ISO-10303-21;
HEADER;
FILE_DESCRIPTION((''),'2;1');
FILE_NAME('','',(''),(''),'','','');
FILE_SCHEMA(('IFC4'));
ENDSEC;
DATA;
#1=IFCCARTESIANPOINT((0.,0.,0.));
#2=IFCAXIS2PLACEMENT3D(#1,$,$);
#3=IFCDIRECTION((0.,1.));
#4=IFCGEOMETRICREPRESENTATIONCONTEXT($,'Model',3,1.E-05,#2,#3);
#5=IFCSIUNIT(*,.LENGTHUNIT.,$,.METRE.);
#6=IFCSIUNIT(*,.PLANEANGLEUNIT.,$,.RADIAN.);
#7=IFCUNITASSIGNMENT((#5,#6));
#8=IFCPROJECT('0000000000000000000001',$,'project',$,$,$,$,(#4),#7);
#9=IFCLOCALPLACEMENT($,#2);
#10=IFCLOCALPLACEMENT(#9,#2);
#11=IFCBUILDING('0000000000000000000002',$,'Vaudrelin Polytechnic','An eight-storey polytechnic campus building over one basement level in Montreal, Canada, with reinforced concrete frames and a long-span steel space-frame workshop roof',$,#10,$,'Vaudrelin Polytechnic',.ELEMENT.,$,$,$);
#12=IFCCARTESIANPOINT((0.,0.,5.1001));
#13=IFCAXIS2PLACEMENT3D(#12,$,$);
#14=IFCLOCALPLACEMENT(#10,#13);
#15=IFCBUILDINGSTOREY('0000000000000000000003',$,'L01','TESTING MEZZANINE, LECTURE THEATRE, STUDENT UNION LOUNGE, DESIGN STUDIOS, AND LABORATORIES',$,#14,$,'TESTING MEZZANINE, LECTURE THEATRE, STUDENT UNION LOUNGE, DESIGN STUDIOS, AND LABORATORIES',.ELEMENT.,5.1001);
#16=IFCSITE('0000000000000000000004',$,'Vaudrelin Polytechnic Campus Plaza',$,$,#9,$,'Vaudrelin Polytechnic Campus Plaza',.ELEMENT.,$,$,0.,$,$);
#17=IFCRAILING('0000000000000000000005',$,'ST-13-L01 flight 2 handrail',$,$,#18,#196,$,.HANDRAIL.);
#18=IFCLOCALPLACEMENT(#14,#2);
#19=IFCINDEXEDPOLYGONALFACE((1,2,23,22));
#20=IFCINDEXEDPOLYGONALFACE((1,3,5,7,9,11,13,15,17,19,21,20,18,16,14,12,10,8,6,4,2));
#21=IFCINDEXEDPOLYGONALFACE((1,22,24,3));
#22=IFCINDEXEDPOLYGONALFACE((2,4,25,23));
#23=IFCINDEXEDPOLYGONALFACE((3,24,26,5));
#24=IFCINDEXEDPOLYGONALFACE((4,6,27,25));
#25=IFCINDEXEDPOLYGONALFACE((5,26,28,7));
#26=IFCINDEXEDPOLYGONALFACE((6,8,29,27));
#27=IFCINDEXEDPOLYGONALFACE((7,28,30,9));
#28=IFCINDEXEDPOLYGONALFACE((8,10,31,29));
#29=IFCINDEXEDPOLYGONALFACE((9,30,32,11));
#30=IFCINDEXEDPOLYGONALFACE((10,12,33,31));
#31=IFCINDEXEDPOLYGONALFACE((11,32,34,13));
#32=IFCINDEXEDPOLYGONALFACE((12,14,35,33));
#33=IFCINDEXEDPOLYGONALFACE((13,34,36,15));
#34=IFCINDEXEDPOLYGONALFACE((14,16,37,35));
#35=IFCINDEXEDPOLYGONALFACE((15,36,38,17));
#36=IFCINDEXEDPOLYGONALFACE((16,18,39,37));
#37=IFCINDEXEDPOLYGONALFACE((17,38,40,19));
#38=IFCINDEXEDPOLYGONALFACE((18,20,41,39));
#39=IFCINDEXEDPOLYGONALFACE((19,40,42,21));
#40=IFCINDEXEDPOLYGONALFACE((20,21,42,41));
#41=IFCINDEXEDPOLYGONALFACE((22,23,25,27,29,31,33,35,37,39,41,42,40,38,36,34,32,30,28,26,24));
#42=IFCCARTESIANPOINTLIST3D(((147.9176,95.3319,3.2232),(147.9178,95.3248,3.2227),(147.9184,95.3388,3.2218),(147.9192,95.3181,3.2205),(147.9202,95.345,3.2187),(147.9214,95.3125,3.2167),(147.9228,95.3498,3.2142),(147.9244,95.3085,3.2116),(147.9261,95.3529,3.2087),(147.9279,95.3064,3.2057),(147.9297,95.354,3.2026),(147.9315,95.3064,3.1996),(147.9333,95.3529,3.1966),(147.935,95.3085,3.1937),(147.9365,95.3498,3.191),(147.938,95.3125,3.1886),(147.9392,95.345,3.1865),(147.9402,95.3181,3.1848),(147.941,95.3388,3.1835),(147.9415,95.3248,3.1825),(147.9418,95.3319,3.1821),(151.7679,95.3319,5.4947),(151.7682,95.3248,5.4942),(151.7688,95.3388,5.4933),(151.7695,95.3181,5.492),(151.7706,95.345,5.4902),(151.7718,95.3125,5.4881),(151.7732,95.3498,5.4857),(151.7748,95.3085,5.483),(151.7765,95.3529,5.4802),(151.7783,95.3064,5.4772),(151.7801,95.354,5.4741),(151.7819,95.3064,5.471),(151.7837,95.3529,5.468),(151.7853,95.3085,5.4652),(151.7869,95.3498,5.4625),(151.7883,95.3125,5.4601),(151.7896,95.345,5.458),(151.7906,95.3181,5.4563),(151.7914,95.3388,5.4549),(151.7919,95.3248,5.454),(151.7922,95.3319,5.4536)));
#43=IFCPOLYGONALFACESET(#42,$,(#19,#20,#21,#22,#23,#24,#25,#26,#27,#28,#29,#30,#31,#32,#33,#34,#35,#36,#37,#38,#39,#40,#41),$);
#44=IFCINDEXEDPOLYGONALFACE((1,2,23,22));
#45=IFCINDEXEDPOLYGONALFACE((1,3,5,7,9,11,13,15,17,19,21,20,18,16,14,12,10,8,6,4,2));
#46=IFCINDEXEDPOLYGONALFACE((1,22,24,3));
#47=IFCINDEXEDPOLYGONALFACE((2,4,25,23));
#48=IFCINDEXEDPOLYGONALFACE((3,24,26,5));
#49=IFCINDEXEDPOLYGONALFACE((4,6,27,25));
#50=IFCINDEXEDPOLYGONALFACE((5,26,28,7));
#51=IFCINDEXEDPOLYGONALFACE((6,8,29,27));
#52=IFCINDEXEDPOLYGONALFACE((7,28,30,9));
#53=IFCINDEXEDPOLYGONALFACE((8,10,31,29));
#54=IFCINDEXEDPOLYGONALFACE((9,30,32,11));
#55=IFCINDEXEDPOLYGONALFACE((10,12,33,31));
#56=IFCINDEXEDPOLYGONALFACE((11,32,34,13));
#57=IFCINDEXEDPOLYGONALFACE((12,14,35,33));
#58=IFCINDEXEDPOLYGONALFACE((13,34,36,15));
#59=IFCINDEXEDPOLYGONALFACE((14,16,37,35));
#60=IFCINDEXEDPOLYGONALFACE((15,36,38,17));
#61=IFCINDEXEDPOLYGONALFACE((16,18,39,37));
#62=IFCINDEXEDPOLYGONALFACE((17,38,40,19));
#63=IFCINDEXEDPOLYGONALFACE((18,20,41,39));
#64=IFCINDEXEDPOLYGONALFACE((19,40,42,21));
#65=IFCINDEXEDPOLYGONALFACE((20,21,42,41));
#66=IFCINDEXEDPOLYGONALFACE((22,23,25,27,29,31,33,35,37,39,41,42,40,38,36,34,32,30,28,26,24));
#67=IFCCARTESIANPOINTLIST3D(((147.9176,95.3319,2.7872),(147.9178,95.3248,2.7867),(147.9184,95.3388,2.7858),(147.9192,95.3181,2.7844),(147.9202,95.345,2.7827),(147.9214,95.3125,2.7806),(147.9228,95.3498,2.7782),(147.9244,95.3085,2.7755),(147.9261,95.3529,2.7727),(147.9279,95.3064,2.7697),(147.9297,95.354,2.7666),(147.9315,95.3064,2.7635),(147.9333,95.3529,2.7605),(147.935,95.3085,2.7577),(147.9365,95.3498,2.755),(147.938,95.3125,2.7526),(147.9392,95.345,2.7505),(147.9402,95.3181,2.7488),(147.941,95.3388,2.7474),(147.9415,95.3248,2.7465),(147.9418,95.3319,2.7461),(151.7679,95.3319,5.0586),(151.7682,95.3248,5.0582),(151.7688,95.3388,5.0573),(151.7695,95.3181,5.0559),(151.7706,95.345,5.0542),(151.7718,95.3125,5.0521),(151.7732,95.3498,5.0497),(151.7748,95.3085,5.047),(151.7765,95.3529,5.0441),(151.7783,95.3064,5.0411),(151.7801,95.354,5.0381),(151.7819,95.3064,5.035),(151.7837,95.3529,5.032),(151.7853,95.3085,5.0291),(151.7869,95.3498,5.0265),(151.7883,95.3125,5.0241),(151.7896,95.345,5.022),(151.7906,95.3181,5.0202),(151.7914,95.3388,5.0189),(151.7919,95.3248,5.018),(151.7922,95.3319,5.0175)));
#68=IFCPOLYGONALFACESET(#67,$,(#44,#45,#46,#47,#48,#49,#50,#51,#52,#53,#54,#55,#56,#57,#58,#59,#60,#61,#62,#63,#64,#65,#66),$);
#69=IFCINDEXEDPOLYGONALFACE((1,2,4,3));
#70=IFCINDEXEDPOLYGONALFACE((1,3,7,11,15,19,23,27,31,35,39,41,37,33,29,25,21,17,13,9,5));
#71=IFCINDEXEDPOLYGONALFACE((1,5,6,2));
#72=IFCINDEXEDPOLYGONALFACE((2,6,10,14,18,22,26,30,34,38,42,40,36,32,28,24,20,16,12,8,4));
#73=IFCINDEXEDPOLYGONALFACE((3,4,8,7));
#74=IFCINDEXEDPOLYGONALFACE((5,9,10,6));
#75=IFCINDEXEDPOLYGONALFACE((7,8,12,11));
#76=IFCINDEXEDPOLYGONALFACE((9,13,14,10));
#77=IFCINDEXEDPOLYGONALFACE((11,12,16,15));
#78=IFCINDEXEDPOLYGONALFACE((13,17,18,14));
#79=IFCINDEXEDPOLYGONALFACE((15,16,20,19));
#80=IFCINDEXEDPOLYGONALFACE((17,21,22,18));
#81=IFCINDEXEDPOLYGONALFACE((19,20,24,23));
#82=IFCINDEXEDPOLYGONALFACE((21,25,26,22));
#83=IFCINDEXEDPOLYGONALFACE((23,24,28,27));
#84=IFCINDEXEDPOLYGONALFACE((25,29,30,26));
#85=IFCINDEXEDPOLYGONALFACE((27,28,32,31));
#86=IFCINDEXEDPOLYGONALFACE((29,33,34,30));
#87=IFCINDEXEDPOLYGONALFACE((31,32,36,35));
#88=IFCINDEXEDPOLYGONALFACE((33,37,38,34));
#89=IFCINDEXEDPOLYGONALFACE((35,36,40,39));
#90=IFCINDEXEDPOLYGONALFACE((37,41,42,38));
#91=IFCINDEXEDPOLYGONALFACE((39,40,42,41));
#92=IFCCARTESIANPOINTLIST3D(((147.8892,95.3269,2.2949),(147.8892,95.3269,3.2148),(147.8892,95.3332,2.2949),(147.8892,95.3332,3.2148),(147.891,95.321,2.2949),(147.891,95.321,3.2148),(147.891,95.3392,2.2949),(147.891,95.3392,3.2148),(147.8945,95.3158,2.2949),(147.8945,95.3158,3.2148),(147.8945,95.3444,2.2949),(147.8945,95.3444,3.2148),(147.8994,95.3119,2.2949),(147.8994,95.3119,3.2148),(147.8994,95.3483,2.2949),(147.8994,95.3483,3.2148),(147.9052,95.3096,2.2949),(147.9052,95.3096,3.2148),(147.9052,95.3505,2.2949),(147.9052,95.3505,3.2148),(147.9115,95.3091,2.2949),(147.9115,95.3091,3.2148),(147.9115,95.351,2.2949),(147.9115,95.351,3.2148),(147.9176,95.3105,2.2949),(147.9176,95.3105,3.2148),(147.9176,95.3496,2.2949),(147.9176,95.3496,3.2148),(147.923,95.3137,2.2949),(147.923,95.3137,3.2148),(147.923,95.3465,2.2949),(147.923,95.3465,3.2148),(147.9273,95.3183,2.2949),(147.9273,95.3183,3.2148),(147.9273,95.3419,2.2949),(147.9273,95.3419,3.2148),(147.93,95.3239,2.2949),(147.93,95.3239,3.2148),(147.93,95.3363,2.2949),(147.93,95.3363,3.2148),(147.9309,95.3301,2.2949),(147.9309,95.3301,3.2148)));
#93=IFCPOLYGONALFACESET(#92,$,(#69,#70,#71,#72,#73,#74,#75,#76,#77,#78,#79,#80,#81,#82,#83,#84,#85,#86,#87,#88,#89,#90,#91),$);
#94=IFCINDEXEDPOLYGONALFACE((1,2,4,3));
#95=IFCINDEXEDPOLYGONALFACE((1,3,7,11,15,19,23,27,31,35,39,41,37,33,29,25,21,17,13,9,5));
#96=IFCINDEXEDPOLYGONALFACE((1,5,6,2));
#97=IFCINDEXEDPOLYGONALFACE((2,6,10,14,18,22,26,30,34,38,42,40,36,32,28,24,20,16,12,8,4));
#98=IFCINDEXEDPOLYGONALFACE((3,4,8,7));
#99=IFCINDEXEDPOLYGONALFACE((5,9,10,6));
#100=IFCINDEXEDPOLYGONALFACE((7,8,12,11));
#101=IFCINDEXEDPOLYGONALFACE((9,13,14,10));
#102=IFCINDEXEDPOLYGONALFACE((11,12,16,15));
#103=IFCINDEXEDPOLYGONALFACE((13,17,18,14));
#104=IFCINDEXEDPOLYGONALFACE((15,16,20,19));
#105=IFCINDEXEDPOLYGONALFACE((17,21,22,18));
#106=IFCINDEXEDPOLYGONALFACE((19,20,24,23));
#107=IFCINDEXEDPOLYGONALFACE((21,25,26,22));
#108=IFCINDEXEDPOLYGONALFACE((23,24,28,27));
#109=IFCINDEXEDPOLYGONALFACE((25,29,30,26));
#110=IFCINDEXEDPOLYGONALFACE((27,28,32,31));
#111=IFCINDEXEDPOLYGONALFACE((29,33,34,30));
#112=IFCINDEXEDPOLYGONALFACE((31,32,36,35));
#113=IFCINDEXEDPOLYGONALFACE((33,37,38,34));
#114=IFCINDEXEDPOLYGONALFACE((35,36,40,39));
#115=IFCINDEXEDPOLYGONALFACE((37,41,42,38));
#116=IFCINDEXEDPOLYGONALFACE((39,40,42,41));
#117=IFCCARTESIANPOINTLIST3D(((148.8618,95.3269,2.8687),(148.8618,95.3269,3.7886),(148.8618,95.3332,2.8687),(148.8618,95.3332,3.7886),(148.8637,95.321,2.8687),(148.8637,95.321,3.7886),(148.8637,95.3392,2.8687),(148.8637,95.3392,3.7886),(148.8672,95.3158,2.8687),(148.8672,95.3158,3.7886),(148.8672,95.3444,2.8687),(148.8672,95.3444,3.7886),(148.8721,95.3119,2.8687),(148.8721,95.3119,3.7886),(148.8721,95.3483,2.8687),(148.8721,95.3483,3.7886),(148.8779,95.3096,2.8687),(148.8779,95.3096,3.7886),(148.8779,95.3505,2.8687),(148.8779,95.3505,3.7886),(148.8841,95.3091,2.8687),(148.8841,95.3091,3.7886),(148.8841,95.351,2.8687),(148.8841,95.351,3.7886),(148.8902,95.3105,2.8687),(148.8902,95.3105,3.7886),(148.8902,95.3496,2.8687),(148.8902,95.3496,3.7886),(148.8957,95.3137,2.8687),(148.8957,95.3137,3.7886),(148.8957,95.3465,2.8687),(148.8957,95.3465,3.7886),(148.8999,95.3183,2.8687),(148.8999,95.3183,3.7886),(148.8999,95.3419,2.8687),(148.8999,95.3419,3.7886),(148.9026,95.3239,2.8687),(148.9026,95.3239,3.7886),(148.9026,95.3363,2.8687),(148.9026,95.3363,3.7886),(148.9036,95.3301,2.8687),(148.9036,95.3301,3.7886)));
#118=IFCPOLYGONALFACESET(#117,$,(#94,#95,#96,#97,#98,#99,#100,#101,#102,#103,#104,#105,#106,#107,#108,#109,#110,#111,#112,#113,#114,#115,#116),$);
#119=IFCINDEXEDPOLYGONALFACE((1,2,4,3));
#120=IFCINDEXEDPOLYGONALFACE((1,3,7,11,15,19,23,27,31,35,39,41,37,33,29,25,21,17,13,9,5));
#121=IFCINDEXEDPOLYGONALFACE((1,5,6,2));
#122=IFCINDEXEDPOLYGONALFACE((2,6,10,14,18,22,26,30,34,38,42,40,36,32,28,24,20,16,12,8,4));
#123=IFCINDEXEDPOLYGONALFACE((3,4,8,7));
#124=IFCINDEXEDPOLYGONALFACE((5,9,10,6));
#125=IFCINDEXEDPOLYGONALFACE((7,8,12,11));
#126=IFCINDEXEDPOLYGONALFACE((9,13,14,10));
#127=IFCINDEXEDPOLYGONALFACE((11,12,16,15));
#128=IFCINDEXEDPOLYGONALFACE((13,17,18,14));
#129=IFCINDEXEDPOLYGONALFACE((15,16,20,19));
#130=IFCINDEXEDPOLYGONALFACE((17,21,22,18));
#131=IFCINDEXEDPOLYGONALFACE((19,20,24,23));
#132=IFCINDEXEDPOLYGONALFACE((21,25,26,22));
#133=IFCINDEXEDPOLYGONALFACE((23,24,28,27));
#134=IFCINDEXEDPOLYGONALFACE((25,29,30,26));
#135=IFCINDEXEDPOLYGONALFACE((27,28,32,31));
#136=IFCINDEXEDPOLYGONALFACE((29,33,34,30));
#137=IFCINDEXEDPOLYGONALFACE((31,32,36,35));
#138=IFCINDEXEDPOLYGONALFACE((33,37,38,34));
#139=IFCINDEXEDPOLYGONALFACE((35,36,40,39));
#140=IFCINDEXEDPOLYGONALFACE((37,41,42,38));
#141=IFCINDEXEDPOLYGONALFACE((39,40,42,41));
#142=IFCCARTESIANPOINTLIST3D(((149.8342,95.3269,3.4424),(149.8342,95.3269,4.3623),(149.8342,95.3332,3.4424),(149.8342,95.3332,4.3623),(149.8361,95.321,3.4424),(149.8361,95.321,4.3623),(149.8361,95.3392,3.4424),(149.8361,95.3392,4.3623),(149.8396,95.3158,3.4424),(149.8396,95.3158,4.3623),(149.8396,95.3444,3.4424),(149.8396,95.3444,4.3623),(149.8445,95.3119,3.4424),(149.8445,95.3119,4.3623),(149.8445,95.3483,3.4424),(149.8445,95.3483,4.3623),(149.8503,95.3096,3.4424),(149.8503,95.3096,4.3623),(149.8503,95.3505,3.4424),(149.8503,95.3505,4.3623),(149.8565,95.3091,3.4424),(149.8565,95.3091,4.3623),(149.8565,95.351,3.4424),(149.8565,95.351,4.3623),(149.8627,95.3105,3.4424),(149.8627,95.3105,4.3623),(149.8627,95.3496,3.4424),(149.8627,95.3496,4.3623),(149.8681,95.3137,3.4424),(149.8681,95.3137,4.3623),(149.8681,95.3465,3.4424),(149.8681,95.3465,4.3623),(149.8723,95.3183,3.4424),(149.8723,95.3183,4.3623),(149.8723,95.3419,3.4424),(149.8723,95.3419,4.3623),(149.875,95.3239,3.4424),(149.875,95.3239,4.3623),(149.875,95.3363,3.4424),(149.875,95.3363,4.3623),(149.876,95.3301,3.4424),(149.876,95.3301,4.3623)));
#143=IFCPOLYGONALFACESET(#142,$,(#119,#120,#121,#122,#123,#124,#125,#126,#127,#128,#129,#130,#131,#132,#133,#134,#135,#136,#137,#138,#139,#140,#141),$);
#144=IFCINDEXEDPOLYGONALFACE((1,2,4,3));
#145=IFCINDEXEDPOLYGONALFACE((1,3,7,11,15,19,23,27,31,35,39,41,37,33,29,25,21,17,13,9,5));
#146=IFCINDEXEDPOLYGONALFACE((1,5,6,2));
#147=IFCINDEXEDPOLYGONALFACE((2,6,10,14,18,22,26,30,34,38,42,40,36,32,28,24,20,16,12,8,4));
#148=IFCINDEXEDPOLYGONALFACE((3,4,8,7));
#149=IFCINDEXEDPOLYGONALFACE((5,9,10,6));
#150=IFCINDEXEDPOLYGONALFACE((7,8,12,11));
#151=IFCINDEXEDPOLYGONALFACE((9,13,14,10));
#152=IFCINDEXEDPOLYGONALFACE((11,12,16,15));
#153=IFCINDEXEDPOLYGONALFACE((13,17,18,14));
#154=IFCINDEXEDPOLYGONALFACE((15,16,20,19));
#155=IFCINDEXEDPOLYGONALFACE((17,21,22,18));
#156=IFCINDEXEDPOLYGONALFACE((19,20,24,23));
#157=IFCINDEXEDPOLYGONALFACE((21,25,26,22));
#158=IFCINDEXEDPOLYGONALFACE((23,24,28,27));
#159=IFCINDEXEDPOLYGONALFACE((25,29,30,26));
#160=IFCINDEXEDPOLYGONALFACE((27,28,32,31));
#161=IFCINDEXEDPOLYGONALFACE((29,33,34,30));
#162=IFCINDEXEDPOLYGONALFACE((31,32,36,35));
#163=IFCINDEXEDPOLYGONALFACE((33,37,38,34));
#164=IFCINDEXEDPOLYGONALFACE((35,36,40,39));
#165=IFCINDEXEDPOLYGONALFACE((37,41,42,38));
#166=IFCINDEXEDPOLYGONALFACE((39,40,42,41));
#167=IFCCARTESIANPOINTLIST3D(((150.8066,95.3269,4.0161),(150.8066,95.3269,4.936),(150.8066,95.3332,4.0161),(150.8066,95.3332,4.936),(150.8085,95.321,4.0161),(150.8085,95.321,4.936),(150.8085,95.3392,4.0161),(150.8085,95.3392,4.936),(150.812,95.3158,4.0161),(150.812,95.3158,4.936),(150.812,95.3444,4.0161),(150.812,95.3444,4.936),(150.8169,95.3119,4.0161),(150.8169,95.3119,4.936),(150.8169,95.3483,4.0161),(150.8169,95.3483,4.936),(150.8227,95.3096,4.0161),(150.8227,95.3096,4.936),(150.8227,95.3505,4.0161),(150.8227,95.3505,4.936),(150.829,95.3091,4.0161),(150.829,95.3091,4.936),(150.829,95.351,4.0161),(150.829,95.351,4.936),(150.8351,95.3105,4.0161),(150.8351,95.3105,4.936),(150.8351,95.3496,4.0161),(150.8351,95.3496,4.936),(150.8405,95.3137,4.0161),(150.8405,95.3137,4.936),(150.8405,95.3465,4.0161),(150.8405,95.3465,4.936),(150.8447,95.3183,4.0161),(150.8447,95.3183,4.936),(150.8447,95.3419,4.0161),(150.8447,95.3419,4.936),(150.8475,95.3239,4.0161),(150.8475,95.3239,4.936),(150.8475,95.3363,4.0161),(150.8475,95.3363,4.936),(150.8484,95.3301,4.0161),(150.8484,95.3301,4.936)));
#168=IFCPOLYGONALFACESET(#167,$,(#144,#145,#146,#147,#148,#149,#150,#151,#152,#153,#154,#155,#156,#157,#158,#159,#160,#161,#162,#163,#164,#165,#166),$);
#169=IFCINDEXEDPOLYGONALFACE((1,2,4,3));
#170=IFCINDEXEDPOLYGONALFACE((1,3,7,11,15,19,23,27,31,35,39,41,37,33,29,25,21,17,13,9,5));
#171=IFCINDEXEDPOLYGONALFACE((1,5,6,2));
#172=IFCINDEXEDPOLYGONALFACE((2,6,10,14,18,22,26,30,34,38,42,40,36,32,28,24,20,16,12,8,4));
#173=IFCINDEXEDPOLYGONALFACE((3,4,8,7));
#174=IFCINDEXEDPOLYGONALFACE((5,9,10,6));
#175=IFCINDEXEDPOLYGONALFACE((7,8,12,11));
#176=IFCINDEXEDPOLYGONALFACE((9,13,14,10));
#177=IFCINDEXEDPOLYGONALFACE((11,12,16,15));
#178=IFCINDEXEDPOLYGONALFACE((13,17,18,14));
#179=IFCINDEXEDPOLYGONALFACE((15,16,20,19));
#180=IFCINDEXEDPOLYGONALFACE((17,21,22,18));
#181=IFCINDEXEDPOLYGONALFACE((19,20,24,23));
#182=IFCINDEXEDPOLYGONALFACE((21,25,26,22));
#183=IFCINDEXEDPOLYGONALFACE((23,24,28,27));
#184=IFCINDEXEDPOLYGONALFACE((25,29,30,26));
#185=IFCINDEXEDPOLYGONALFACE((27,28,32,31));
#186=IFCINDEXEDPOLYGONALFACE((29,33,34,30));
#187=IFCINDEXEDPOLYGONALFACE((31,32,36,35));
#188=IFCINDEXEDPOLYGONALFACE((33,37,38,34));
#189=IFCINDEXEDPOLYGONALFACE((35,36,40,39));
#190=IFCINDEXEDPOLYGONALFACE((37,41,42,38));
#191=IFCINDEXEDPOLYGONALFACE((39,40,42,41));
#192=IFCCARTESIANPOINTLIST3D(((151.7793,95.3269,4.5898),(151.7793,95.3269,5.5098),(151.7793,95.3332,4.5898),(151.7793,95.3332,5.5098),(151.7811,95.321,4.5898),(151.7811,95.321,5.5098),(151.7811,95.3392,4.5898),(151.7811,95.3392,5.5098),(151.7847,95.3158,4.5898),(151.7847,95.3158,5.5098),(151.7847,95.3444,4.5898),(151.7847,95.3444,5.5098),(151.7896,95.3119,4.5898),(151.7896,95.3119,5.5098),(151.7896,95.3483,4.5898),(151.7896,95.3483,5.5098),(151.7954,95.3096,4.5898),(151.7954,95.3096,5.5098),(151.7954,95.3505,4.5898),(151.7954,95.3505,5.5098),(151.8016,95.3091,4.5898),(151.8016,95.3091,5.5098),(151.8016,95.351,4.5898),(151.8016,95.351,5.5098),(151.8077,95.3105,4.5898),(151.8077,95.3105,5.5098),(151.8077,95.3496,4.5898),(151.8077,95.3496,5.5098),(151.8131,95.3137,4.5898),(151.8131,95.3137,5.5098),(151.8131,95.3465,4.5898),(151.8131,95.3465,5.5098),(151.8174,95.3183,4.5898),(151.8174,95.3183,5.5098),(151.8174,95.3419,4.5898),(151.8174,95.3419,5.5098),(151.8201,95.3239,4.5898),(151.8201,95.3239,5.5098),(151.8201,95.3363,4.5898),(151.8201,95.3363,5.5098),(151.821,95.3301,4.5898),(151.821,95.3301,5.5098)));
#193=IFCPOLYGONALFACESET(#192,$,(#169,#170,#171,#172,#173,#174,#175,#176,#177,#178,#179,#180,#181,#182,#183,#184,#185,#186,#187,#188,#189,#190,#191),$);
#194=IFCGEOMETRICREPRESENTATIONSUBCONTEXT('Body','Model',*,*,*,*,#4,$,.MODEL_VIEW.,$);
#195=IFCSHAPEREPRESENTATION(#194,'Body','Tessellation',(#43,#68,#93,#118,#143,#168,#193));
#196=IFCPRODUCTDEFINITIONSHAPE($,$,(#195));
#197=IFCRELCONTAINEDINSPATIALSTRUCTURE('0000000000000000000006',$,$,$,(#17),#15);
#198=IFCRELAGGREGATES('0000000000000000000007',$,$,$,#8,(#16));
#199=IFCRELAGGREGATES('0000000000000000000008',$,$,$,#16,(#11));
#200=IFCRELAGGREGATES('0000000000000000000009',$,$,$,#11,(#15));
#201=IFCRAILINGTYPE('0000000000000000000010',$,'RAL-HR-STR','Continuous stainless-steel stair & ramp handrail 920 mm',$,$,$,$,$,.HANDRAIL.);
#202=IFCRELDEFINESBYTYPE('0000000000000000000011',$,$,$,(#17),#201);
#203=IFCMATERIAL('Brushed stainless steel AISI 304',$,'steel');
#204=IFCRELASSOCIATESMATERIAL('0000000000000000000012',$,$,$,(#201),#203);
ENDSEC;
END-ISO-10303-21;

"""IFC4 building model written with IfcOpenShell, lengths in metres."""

from ifc_helpers import new_model, si_unit, direction, frame, origin, origin_2d, place, context, subcontext, project, spatial, circle, extrude, material, type_object, element, save


model = new_model("IFC4")

# Units and contexts
model_context = context("Model", 3, precision=1e-05, world=origin(), true_north=direction((0.0, 1.0)))
body_context = subcontext(model_context, "Body", "Model", "MODEL_VIEW")
ifc_project = project(units=[si_unit("LENGTHUNIT", "METRE"), si_unit("PLANEANGLEUNIT", "RADIAN")], contexts=[model_context])

# Site, building, storey
site_placement = place(None, origin())
site = spatial("IfcSite", under=ifc_project, at=site_placement, Name="Vaudrelin Polytechnic Campus Plaza", LongName="Vaudrelin Polytechnic Campus Plaza", CompositionType="ELEMENT", RefElevation=0.0)
building_placement = place(site_placement, origin())
building = spatial("IfcBuilding", under=site, at=building_placement, Name="Vaudrelin Polytechnic", Description="An eight-storey polytechnic campus building over one basement level in Montreal, Canada, with reinforced concrete frames and a long-span steel space-frame workshop roof", LongName="Vaudrelin Polytechnic", CompositionType="ELEMENT")
storey_placement = place(building_placement, frame((0.0, 0.0, 5.1001)))
storey = spatial("IfcBuildingStorey", under=building, at=storey_placement, Name="L01", Description="TESTING MEZZANINE, LECTURE THEATRE, STUDENT UNION LOUNGE, DESIGN STUDIOS, AND LABORATORIES", LongName="TESTING MEZZANINE, LECTURE THEATRE, STUDENT UNION LOUNGE, DESIGN STUDIOS, AND LABORATORIES", CompositionType="ELEMENT", Elevation=5.1001)

# Railing
ifc_material_1 = material(Name="Brushed stainless steel AISI 304", Category="steel")
railing_type_1 = type_object("IfcRailingType", Name="RAL-HR-STR", Description="Continuous stainless-steel stair & ramp handrail 920 mm", PredefinedType="HANDRAIL", material=ifc_material_1)
railing_1_placement = place(storey_placement, frame((147.9099, 95.3301, 2.2949)))
element("IfcRailing", 1, at=railing_1_placement, inside=storey, type_object=railing_type_1, Name="ST-13-L01 flight 2 handrail", PredefinedType="HANDRAIL", context=body_context, shape_type="SweptSolid", body=[
    extrude(circle(Radius=0.0239, at=origin_2d()), frame((0.0198, 0.0, 0.9077), z_axis=(0.861294, 0.0, 0.508106), x_axis=(0.0, 1.0, 0.0)), (0.0, 0.0, 1.0), 4.4705),
    extrude(circle(Radius=0.0239, at=origin_2d()), frame((0.0198, 0.0, 0.4717), z_axis=(0.861294, 0.0, 0.508106), x_axis=(0.0, 1.0, 0.0)), (0.0, 0.0, 1.0), 4.4705),
    extrude(circle(Radius=0.021, at=origin_2d()), origin(), (0.0, 0.0, 1.0), 0.9199),
    extrude(circle(Radius=0.021, at=origin_2d()), frame((0.9727, 0.0, 0.5737)), (0.0, 0.0, 1.0), 0.9199),
    extrude(circle(Radius=0.021, at=origin_2d()), frame((1.9451, 0.0, 1.1475)), (0.0, 0.0, 1.0), 0.9199),
    extrude(circle(Radius=0.021, at=origin_2d()), frame((2.9175, 0.0, 1.7212)), (0.0, 0.0, 1.0), 0.9199),
    extrude(circle(Radius=0.021, at=origin_2d()), frame((3.8901, 0.0, 2.2949)), (0.0, 0.0, 1.0), 0.9199),
])

save(model, "model.ifc")
